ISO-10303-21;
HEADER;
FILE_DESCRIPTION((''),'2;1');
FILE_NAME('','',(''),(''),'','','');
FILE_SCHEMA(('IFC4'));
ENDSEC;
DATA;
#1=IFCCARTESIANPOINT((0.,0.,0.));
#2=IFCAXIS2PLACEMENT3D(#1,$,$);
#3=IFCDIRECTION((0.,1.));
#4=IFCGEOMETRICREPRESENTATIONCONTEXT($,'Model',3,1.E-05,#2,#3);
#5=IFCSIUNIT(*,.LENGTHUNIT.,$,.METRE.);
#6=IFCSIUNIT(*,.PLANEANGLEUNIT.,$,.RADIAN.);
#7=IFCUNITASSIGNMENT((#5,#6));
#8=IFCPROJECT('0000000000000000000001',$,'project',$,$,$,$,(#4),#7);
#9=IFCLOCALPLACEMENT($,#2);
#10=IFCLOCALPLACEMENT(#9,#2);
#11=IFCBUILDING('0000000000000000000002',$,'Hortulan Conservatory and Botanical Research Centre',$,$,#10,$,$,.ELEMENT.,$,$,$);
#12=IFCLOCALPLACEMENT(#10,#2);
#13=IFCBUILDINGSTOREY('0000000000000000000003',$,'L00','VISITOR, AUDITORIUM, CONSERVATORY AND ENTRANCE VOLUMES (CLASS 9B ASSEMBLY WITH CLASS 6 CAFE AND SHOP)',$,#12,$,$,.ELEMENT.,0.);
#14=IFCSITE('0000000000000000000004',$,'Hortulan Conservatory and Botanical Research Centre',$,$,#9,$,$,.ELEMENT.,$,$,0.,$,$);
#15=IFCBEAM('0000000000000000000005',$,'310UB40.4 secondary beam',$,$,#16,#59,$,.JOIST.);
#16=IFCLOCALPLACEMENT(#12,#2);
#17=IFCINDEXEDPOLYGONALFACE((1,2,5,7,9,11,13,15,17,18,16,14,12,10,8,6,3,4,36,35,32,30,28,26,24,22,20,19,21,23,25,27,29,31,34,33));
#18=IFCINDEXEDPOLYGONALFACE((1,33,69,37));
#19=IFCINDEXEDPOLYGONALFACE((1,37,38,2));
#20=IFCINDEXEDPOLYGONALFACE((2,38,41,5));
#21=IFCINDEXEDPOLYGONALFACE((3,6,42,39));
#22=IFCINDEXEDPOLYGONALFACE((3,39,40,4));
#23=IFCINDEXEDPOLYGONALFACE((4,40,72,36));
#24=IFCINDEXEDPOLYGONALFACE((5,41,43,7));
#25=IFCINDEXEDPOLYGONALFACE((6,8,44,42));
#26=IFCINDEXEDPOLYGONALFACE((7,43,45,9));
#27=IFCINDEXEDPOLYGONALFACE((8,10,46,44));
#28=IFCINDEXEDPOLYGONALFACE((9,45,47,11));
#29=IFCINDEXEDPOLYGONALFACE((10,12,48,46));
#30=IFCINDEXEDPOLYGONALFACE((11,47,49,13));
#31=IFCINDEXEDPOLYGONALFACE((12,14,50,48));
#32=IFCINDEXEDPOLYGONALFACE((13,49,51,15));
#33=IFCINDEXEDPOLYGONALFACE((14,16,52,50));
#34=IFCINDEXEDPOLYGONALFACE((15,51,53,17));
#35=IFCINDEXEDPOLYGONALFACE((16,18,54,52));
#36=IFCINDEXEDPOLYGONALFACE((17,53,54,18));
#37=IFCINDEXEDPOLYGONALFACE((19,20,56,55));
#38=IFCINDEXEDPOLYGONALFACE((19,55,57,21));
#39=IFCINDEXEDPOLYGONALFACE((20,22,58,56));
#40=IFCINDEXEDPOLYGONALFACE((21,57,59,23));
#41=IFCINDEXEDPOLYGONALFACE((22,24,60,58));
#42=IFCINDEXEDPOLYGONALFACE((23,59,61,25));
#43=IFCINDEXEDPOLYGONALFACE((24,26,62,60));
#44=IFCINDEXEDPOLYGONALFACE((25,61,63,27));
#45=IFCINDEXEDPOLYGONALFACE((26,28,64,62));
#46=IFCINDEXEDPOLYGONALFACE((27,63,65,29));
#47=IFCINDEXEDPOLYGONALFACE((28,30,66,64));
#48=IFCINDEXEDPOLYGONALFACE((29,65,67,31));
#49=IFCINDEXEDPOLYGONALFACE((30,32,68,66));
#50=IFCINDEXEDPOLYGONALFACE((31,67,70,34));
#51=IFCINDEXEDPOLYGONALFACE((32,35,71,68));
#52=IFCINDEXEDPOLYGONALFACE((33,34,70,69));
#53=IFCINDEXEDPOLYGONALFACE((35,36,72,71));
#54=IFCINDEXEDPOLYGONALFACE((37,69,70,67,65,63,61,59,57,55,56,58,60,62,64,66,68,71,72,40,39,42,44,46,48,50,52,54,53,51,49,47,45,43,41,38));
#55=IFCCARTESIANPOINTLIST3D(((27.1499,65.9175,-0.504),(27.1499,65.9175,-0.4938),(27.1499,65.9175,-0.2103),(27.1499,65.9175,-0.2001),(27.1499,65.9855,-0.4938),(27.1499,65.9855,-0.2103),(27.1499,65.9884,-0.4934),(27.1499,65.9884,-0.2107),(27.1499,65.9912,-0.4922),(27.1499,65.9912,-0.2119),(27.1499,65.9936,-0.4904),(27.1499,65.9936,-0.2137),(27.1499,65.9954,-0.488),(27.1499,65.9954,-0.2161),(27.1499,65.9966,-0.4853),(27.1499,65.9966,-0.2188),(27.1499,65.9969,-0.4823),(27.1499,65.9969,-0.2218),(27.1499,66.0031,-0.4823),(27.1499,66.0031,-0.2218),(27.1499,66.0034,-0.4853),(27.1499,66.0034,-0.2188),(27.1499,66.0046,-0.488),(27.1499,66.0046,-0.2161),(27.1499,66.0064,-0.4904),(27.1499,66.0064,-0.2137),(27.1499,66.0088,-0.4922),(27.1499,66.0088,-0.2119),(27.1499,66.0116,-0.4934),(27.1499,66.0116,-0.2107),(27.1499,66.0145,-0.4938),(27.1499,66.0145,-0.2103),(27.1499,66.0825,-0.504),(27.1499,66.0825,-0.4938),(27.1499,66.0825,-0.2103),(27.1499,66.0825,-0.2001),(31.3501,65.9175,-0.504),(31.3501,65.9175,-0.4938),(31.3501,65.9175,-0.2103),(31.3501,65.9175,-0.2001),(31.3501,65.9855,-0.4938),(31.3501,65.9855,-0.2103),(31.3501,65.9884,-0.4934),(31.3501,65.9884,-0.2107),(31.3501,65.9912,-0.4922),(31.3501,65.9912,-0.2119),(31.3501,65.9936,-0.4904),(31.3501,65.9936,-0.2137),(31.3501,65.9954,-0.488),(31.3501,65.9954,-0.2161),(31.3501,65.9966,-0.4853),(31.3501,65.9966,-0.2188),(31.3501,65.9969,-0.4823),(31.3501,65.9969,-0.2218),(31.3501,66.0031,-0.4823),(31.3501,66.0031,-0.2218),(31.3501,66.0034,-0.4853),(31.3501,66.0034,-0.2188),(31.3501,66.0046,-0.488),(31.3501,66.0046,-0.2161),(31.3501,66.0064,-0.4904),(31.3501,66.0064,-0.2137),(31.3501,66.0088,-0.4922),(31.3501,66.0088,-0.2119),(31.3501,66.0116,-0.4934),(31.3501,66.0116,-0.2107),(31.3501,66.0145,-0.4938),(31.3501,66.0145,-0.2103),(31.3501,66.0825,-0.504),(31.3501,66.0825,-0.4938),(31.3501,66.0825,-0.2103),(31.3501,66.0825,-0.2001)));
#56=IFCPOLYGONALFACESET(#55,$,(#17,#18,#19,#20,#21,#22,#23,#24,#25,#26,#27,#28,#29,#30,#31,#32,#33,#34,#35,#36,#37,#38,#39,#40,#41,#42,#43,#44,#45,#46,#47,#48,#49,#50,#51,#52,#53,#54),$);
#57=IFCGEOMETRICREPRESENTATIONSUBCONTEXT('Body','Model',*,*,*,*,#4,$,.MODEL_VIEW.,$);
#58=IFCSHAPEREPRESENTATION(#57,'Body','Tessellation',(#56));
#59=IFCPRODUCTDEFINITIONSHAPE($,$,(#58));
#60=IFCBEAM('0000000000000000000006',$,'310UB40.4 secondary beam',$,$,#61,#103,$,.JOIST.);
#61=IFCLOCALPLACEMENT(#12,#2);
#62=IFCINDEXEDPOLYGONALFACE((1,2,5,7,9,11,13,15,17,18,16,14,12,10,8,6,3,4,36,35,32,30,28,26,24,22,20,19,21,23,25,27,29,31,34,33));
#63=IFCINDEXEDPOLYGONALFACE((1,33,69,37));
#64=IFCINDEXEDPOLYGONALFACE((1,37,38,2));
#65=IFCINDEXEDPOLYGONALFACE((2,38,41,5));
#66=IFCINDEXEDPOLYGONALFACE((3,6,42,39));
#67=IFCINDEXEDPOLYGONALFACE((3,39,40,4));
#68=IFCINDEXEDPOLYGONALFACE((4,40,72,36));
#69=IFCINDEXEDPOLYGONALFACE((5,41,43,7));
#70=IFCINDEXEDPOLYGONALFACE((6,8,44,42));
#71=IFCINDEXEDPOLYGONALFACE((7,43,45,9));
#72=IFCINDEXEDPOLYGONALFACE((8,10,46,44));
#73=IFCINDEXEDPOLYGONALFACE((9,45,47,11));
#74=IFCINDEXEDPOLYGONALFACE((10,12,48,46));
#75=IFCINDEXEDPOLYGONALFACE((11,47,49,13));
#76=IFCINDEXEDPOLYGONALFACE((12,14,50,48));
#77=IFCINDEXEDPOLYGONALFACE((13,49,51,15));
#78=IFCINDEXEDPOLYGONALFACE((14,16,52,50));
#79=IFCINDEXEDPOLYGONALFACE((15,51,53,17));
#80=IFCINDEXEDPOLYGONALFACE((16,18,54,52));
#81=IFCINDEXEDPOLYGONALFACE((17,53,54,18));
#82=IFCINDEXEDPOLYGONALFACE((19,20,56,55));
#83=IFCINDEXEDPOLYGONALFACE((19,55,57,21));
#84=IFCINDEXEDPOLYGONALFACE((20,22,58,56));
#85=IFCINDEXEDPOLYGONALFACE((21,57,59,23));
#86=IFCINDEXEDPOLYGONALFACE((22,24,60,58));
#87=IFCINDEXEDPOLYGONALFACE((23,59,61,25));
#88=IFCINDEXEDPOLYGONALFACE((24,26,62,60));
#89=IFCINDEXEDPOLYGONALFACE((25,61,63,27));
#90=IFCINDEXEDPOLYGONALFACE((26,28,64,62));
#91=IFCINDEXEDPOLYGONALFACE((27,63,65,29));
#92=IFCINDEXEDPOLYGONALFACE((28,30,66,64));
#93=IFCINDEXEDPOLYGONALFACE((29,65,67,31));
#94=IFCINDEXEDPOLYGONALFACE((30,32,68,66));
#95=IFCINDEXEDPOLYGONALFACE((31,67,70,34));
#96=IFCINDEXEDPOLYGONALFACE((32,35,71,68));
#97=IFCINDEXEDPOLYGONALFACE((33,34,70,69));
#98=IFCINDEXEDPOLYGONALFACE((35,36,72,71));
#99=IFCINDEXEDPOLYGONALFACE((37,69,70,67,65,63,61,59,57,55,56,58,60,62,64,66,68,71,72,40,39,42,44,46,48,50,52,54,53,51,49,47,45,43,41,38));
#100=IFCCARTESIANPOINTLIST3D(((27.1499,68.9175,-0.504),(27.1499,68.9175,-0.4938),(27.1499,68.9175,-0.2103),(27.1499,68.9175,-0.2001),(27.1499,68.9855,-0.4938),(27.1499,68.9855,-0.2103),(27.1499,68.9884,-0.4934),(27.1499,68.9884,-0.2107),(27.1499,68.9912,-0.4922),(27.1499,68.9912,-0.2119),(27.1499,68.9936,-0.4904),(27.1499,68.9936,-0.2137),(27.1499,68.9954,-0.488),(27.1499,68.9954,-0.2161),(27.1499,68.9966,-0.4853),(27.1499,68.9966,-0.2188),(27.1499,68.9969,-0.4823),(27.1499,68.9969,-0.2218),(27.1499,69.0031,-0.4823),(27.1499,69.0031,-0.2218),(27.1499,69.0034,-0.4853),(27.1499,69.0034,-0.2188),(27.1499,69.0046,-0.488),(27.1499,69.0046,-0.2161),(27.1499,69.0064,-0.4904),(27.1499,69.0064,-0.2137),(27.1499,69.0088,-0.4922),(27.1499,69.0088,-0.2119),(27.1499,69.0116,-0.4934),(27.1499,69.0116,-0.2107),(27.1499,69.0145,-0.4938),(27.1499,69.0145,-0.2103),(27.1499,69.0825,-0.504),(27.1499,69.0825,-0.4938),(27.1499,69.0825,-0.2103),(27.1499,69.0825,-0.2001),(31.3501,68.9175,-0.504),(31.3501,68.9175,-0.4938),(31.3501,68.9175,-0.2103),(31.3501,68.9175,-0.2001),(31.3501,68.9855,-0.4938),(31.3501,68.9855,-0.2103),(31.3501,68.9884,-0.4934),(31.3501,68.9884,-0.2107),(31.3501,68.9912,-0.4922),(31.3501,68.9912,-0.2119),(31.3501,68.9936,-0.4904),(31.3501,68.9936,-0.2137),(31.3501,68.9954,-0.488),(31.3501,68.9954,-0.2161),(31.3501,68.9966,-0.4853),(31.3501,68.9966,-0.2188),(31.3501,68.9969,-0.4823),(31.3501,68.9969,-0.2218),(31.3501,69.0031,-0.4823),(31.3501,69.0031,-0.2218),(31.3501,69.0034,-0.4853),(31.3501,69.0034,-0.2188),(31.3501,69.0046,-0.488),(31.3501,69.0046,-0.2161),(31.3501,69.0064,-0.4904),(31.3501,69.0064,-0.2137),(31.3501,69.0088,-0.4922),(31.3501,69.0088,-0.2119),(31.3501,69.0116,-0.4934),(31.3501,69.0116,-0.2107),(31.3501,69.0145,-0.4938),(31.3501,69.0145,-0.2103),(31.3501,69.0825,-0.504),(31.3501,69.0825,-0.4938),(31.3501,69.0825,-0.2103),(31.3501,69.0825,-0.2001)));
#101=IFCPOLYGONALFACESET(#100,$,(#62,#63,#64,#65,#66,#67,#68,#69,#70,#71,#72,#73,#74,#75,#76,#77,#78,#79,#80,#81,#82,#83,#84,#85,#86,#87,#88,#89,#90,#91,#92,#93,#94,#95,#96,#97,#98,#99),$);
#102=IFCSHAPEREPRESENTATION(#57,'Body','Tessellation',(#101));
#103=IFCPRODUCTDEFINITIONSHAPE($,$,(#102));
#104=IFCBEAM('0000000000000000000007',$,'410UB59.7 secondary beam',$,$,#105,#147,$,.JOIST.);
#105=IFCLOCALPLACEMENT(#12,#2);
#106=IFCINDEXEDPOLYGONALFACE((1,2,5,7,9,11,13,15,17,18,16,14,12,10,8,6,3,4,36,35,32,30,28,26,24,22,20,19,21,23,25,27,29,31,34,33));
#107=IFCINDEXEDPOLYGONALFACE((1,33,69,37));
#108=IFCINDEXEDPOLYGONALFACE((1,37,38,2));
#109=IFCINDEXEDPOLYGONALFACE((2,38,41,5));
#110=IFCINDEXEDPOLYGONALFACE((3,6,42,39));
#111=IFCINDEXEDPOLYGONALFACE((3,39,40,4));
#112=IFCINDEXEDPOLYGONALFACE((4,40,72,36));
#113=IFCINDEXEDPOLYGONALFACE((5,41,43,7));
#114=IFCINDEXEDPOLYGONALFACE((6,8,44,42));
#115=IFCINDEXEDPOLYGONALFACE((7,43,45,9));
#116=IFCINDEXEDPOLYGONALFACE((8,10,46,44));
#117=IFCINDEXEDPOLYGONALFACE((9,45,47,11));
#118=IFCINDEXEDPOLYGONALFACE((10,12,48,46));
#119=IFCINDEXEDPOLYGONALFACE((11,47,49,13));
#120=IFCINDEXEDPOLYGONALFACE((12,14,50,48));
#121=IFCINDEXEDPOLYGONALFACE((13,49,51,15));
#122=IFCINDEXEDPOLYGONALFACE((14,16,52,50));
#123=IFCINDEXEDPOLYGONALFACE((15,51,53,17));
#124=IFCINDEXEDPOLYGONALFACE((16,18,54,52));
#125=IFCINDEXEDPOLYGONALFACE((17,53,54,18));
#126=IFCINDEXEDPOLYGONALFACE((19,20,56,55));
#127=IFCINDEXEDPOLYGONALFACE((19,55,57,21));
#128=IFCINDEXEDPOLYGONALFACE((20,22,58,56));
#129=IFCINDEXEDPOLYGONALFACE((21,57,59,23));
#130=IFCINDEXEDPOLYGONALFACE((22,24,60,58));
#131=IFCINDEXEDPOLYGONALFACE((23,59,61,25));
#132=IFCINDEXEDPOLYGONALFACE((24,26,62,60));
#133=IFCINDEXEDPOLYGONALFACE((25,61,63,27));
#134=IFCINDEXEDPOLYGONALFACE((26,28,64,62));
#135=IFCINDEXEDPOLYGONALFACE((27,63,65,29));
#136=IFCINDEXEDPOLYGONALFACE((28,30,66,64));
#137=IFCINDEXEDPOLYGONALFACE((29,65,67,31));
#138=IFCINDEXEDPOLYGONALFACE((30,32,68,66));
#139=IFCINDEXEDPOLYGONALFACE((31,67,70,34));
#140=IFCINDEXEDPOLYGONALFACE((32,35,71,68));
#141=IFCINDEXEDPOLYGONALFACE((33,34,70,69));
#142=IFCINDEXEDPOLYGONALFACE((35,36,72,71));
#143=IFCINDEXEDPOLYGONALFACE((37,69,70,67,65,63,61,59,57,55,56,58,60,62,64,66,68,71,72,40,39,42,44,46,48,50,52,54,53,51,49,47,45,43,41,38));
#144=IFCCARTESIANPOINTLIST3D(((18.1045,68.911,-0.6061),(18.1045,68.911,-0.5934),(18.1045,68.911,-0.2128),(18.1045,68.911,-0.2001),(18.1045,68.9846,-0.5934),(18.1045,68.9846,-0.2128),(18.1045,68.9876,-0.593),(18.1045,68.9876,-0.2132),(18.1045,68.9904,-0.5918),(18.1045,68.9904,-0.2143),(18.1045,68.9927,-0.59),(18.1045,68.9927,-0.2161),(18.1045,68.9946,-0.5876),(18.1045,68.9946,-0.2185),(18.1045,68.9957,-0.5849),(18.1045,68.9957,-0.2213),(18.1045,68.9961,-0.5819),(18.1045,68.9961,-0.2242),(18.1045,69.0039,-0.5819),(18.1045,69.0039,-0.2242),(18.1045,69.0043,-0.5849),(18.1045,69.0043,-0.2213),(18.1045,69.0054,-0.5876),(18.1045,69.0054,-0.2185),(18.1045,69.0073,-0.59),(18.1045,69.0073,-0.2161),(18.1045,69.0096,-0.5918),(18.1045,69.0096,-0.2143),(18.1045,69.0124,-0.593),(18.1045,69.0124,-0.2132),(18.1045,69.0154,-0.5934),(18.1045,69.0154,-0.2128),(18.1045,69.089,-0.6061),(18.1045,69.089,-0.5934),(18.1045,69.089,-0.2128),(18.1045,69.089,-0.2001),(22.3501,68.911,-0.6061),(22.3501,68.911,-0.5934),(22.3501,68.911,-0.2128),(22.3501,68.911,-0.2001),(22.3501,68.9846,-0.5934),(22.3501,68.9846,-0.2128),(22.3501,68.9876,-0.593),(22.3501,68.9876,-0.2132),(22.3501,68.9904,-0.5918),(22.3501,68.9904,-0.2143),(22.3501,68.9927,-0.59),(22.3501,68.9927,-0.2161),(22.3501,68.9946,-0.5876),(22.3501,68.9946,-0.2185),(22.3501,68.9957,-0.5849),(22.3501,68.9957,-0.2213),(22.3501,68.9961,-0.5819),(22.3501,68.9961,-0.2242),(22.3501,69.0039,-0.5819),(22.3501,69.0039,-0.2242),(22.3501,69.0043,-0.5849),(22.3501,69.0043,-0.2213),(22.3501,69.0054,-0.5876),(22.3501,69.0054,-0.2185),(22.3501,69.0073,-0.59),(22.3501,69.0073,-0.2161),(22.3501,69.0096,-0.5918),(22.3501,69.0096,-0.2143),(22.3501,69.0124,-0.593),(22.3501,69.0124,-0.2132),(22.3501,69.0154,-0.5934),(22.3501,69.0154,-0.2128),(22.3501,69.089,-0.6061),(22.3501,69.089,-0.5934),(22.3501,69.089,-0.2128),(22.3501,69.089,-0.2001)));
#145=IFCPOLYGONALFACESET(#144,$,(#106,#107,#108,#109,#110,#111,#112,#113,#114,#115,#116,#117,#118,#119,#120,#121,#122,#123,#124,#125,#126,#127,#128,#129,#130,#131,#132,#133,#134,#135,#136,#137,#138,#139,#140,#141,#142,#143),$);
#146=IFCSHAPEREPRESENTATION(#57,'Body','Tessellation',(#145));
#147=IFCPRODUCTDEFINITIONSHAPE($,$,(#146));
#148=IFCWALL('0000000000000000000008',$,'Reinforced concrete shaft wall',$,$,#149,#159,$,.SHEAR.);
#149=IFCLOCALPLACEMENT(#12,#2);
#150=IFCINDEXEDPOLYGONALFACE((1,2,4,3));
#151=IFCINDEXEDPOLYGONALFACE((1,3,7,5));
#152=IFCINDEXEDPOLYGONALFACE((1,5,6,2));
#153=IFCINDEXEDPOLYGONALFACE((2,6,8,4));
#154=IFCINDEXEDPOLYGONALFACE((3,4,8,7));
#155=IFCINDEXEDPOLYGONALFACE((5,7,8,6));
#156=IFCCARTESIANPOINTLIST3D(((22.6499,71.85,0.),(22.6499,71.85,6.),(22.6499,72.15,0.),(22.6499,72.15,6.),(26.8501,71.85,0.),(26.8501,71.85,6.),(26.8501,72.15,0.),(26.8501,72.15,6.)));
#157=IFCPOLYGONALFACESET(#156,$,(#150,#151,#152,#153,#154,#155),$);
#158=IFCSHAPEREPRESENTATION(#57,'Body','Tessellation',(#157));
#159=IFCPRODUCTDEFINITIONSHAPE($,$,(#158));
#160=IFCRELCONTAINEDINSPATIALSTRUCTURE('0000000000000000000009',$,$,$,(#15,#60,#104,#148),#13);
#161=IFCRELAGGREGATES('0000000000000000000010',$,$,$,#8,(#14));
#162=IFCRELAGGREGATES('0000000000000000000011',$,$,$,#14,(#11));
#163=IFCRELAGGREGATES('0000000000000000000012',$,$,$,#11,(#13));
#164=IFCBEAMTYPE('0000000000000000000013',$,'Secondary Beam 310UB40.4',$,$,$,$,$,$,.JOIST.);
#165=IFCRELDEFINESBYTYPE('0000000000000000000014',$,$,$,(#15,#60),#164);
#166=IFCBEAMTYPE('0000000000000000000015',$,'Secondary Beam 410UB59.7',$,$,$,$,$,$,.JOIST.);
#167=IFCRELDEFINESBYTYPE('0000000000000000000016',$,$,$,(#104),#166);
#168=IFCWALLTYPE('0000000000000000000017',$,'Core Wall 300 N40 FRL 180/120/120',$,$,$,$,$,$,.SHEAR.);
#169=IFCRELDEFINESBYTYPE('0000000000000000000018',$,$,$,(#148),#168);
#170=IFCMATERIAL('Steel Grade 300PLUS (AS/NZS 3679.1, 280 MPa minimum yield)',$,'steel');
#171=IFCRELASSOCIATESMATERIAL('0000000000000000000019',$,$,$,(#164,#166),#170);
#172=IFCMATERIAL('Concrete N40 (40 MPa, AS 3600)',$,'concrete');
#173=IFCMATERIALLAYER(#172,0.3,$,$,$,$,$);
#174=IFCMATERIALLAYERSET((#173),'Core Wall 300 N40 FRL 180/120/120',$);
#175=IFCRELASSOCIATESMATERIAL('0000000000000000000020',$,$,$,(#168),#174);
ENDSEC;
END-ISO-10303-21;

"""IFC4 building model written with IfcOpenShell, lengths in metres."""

from ifc_helpers import new_model, si_unit, direction, frame, frame_2d, origin, origin_2d, place, context, subcontext, project, spatial, rectangle, i_section, extrude, material, layer, layer_set, material_profile, profile_set, type_object, element, save


model = new_model("IFC4")

# Units and contexts
model_context = context("Model", 3, precision=1e-05, world=origin(), true_north=direction((0.0, 1.0)))
body_context = subcontext(model_context, "Body", "Model", "MODEL_VIEW")
ifc_project = project(units=[si_unit("LENGTHUNIT", "METRE"), si_unit("PLANEANGLEUNIT", "RADIAN")], contexts=[model_context])

# Site, building, storey
site_placement = place(None, origin())
site = spatial("IfcSite", under=ifc_project, at=site_placement, Name="Hortulan Conservatory and Botanical Research Centre", CompositionType="ELEMENT", RefElevation=0.0)
building_placement = place(site_placement, origin())
building = spatial("IfcBuilding", under=site, at=building_placement, Name="Hortulan Conservatory and Botanical Research Centre", CompositionType="ELEMENT")
storey_placement = place(building_placement, origin())
storey = spatial("IfcBuildingStorey", under=building, at=storey_placement, Name="L00", Description="VISITOR, AUDITORIUM, CONSERVATORY AND ENTRANCE VOLUMES (CLASS 9B ASSEMBLY WITH CLASS 6 CAFE AND SHOP)", CompositionType="ELEMENT", Elevation=0.0)

# Shared definitions
ifc_material_1 = material(Name="Concrete N40 (40 MPa, AS 3600)", Category="concrete")

# Shared definitions
ifc_material_2 = material(Name="Steel Grade 300PLUS (AS/NZS 3679.1, 280 MPa minimum yield)", Category="steel")

# Beams
ifc_material_profile_1 = material_profile(ifc_material_2, i_section(OverallWidth=0.165, OverallDepth=0.304, WebThickness=0.0061, FlangeThickness=0.0103, FilletRadius=0.0115, at=origin_2d()), Name="310UB40.4")
ifc_profile_set_1 = profile_set([ifc_material_profile_1], Name="Steel Grade 300PLUS (AS/NZS 3679.1, 280 MPa minimum yield)")
beam_type_1 = type_object("IfcBeamType", Name="Secondary Beam 310UB40.4", PredefinedType="JOIST", material=ifc_profile_set_1)
for number, where, z_axis, x_axis, name in (
    (1, (27.1499, 66.0, -0.3521), (1.0, 0.0, 0.0), (0.0, 1.0, 0.0), "310UB40.4 secondary beam"),
    (2, (27.1499, 69.0, -0.3521), (1.0, 0.0, 0.0), (0.0, 1.0, 0.0), "310UB40.4 secondary beam"),
):
    element("IfcBeam", number, at=place(storey_placement, frame(where, z_axis=z_axis, x_axis=x_axis)), inside=storey, type_object=beam_type_1, Name=name, PredefinedType="JOIST", context=body_context, shape_type="SweptSolid", body=[
        extrude(i_section(OverallWidth=0.165, OverallDepth=0.304, WebThickness=0.0061, FlangeThickness=0.0103, FilletRadius=0.0115, at=origin_2d()), origin(), (0.0, 0.0, 1.0), 4.2002),
    ])
ifc_material_profile_2 = material_profile(ifc_material_2, i_section(OverallWidth=0.178, OverallDepth=0.406, WebThickness=0.0078, FlangeThickness=0.0127, FilletRadius=0.0115, at=origin_2d()), Name="410UB59.7")
ifc_profile_set_2 = profile_set([ifc_material_profile_2], Name="Steel Grade 300PLUS (AS/NZS 3679.1, 280 MPa minimum yield)")
beam_type_2 = type_object("IfcBeamType", Name="Secondary Beam 410UB59.7", PredefinedType="JOIST", material=ifc_profile_set_2)
beam_placement = place(storey_placement, frame((18.1045, 69.0, -0.4031), z_axis=(1.0, 0.0, 0.0), x_axis=(0.0, 1.0, 0.0)))
element("IfcBeam", 3, at=beam_placement, inside=storey, type_object=beam_type_2, Name="410UB59.7 secondary beam", PredefinedType="JOIST", context=body_context, shape_type="SweptSolid", body=[
    extrude(i_section(OverallWidth=0.178, OverallDepth=0.406, WebThickness=0.0078, FlangeThickness=0.0127, FilletRadius=0.0115, at=origin_2d()), origin(), (0.0, 0.0, 1.0), 4.2456),
])

# Wall
ifc_layer_1 = layer(ifc_material_1, 0.3)
ifc_layer_set_1 = layer_set([ifc_layer_1], Name="Core Wall 300 N40 FRL 180/120/120")
wall_type_1 = type_object("IfcWallType", Name="Core Wall 300 N40 FRL 180/120/120", PredefinedType="SHEAR", material=ifc_layer_set_1)
wall_1_placement = place(storey_placement, frame((22.6499, 72.0, 0.0), z_axis=(0.0, 0.0, 1.0), x_axis=(1.0, 0.0, 0.0)))
element("IfcWall", 4, at=wall_1_placement, inside=storey, type_object=wall_type_1, Name="Reinforced concrete shaft wall", PredefinedType="SHEAR", context=body_context, shape_type="SweptSolid", body=[
    extrude(rectangle(XDim=4.2002, YDim=0.3, at=frame_2d((2.1001, 0.0))), origin(), (0.0, 0.0, 1.0), 6.0),
])

save(model, "model.ifc")
